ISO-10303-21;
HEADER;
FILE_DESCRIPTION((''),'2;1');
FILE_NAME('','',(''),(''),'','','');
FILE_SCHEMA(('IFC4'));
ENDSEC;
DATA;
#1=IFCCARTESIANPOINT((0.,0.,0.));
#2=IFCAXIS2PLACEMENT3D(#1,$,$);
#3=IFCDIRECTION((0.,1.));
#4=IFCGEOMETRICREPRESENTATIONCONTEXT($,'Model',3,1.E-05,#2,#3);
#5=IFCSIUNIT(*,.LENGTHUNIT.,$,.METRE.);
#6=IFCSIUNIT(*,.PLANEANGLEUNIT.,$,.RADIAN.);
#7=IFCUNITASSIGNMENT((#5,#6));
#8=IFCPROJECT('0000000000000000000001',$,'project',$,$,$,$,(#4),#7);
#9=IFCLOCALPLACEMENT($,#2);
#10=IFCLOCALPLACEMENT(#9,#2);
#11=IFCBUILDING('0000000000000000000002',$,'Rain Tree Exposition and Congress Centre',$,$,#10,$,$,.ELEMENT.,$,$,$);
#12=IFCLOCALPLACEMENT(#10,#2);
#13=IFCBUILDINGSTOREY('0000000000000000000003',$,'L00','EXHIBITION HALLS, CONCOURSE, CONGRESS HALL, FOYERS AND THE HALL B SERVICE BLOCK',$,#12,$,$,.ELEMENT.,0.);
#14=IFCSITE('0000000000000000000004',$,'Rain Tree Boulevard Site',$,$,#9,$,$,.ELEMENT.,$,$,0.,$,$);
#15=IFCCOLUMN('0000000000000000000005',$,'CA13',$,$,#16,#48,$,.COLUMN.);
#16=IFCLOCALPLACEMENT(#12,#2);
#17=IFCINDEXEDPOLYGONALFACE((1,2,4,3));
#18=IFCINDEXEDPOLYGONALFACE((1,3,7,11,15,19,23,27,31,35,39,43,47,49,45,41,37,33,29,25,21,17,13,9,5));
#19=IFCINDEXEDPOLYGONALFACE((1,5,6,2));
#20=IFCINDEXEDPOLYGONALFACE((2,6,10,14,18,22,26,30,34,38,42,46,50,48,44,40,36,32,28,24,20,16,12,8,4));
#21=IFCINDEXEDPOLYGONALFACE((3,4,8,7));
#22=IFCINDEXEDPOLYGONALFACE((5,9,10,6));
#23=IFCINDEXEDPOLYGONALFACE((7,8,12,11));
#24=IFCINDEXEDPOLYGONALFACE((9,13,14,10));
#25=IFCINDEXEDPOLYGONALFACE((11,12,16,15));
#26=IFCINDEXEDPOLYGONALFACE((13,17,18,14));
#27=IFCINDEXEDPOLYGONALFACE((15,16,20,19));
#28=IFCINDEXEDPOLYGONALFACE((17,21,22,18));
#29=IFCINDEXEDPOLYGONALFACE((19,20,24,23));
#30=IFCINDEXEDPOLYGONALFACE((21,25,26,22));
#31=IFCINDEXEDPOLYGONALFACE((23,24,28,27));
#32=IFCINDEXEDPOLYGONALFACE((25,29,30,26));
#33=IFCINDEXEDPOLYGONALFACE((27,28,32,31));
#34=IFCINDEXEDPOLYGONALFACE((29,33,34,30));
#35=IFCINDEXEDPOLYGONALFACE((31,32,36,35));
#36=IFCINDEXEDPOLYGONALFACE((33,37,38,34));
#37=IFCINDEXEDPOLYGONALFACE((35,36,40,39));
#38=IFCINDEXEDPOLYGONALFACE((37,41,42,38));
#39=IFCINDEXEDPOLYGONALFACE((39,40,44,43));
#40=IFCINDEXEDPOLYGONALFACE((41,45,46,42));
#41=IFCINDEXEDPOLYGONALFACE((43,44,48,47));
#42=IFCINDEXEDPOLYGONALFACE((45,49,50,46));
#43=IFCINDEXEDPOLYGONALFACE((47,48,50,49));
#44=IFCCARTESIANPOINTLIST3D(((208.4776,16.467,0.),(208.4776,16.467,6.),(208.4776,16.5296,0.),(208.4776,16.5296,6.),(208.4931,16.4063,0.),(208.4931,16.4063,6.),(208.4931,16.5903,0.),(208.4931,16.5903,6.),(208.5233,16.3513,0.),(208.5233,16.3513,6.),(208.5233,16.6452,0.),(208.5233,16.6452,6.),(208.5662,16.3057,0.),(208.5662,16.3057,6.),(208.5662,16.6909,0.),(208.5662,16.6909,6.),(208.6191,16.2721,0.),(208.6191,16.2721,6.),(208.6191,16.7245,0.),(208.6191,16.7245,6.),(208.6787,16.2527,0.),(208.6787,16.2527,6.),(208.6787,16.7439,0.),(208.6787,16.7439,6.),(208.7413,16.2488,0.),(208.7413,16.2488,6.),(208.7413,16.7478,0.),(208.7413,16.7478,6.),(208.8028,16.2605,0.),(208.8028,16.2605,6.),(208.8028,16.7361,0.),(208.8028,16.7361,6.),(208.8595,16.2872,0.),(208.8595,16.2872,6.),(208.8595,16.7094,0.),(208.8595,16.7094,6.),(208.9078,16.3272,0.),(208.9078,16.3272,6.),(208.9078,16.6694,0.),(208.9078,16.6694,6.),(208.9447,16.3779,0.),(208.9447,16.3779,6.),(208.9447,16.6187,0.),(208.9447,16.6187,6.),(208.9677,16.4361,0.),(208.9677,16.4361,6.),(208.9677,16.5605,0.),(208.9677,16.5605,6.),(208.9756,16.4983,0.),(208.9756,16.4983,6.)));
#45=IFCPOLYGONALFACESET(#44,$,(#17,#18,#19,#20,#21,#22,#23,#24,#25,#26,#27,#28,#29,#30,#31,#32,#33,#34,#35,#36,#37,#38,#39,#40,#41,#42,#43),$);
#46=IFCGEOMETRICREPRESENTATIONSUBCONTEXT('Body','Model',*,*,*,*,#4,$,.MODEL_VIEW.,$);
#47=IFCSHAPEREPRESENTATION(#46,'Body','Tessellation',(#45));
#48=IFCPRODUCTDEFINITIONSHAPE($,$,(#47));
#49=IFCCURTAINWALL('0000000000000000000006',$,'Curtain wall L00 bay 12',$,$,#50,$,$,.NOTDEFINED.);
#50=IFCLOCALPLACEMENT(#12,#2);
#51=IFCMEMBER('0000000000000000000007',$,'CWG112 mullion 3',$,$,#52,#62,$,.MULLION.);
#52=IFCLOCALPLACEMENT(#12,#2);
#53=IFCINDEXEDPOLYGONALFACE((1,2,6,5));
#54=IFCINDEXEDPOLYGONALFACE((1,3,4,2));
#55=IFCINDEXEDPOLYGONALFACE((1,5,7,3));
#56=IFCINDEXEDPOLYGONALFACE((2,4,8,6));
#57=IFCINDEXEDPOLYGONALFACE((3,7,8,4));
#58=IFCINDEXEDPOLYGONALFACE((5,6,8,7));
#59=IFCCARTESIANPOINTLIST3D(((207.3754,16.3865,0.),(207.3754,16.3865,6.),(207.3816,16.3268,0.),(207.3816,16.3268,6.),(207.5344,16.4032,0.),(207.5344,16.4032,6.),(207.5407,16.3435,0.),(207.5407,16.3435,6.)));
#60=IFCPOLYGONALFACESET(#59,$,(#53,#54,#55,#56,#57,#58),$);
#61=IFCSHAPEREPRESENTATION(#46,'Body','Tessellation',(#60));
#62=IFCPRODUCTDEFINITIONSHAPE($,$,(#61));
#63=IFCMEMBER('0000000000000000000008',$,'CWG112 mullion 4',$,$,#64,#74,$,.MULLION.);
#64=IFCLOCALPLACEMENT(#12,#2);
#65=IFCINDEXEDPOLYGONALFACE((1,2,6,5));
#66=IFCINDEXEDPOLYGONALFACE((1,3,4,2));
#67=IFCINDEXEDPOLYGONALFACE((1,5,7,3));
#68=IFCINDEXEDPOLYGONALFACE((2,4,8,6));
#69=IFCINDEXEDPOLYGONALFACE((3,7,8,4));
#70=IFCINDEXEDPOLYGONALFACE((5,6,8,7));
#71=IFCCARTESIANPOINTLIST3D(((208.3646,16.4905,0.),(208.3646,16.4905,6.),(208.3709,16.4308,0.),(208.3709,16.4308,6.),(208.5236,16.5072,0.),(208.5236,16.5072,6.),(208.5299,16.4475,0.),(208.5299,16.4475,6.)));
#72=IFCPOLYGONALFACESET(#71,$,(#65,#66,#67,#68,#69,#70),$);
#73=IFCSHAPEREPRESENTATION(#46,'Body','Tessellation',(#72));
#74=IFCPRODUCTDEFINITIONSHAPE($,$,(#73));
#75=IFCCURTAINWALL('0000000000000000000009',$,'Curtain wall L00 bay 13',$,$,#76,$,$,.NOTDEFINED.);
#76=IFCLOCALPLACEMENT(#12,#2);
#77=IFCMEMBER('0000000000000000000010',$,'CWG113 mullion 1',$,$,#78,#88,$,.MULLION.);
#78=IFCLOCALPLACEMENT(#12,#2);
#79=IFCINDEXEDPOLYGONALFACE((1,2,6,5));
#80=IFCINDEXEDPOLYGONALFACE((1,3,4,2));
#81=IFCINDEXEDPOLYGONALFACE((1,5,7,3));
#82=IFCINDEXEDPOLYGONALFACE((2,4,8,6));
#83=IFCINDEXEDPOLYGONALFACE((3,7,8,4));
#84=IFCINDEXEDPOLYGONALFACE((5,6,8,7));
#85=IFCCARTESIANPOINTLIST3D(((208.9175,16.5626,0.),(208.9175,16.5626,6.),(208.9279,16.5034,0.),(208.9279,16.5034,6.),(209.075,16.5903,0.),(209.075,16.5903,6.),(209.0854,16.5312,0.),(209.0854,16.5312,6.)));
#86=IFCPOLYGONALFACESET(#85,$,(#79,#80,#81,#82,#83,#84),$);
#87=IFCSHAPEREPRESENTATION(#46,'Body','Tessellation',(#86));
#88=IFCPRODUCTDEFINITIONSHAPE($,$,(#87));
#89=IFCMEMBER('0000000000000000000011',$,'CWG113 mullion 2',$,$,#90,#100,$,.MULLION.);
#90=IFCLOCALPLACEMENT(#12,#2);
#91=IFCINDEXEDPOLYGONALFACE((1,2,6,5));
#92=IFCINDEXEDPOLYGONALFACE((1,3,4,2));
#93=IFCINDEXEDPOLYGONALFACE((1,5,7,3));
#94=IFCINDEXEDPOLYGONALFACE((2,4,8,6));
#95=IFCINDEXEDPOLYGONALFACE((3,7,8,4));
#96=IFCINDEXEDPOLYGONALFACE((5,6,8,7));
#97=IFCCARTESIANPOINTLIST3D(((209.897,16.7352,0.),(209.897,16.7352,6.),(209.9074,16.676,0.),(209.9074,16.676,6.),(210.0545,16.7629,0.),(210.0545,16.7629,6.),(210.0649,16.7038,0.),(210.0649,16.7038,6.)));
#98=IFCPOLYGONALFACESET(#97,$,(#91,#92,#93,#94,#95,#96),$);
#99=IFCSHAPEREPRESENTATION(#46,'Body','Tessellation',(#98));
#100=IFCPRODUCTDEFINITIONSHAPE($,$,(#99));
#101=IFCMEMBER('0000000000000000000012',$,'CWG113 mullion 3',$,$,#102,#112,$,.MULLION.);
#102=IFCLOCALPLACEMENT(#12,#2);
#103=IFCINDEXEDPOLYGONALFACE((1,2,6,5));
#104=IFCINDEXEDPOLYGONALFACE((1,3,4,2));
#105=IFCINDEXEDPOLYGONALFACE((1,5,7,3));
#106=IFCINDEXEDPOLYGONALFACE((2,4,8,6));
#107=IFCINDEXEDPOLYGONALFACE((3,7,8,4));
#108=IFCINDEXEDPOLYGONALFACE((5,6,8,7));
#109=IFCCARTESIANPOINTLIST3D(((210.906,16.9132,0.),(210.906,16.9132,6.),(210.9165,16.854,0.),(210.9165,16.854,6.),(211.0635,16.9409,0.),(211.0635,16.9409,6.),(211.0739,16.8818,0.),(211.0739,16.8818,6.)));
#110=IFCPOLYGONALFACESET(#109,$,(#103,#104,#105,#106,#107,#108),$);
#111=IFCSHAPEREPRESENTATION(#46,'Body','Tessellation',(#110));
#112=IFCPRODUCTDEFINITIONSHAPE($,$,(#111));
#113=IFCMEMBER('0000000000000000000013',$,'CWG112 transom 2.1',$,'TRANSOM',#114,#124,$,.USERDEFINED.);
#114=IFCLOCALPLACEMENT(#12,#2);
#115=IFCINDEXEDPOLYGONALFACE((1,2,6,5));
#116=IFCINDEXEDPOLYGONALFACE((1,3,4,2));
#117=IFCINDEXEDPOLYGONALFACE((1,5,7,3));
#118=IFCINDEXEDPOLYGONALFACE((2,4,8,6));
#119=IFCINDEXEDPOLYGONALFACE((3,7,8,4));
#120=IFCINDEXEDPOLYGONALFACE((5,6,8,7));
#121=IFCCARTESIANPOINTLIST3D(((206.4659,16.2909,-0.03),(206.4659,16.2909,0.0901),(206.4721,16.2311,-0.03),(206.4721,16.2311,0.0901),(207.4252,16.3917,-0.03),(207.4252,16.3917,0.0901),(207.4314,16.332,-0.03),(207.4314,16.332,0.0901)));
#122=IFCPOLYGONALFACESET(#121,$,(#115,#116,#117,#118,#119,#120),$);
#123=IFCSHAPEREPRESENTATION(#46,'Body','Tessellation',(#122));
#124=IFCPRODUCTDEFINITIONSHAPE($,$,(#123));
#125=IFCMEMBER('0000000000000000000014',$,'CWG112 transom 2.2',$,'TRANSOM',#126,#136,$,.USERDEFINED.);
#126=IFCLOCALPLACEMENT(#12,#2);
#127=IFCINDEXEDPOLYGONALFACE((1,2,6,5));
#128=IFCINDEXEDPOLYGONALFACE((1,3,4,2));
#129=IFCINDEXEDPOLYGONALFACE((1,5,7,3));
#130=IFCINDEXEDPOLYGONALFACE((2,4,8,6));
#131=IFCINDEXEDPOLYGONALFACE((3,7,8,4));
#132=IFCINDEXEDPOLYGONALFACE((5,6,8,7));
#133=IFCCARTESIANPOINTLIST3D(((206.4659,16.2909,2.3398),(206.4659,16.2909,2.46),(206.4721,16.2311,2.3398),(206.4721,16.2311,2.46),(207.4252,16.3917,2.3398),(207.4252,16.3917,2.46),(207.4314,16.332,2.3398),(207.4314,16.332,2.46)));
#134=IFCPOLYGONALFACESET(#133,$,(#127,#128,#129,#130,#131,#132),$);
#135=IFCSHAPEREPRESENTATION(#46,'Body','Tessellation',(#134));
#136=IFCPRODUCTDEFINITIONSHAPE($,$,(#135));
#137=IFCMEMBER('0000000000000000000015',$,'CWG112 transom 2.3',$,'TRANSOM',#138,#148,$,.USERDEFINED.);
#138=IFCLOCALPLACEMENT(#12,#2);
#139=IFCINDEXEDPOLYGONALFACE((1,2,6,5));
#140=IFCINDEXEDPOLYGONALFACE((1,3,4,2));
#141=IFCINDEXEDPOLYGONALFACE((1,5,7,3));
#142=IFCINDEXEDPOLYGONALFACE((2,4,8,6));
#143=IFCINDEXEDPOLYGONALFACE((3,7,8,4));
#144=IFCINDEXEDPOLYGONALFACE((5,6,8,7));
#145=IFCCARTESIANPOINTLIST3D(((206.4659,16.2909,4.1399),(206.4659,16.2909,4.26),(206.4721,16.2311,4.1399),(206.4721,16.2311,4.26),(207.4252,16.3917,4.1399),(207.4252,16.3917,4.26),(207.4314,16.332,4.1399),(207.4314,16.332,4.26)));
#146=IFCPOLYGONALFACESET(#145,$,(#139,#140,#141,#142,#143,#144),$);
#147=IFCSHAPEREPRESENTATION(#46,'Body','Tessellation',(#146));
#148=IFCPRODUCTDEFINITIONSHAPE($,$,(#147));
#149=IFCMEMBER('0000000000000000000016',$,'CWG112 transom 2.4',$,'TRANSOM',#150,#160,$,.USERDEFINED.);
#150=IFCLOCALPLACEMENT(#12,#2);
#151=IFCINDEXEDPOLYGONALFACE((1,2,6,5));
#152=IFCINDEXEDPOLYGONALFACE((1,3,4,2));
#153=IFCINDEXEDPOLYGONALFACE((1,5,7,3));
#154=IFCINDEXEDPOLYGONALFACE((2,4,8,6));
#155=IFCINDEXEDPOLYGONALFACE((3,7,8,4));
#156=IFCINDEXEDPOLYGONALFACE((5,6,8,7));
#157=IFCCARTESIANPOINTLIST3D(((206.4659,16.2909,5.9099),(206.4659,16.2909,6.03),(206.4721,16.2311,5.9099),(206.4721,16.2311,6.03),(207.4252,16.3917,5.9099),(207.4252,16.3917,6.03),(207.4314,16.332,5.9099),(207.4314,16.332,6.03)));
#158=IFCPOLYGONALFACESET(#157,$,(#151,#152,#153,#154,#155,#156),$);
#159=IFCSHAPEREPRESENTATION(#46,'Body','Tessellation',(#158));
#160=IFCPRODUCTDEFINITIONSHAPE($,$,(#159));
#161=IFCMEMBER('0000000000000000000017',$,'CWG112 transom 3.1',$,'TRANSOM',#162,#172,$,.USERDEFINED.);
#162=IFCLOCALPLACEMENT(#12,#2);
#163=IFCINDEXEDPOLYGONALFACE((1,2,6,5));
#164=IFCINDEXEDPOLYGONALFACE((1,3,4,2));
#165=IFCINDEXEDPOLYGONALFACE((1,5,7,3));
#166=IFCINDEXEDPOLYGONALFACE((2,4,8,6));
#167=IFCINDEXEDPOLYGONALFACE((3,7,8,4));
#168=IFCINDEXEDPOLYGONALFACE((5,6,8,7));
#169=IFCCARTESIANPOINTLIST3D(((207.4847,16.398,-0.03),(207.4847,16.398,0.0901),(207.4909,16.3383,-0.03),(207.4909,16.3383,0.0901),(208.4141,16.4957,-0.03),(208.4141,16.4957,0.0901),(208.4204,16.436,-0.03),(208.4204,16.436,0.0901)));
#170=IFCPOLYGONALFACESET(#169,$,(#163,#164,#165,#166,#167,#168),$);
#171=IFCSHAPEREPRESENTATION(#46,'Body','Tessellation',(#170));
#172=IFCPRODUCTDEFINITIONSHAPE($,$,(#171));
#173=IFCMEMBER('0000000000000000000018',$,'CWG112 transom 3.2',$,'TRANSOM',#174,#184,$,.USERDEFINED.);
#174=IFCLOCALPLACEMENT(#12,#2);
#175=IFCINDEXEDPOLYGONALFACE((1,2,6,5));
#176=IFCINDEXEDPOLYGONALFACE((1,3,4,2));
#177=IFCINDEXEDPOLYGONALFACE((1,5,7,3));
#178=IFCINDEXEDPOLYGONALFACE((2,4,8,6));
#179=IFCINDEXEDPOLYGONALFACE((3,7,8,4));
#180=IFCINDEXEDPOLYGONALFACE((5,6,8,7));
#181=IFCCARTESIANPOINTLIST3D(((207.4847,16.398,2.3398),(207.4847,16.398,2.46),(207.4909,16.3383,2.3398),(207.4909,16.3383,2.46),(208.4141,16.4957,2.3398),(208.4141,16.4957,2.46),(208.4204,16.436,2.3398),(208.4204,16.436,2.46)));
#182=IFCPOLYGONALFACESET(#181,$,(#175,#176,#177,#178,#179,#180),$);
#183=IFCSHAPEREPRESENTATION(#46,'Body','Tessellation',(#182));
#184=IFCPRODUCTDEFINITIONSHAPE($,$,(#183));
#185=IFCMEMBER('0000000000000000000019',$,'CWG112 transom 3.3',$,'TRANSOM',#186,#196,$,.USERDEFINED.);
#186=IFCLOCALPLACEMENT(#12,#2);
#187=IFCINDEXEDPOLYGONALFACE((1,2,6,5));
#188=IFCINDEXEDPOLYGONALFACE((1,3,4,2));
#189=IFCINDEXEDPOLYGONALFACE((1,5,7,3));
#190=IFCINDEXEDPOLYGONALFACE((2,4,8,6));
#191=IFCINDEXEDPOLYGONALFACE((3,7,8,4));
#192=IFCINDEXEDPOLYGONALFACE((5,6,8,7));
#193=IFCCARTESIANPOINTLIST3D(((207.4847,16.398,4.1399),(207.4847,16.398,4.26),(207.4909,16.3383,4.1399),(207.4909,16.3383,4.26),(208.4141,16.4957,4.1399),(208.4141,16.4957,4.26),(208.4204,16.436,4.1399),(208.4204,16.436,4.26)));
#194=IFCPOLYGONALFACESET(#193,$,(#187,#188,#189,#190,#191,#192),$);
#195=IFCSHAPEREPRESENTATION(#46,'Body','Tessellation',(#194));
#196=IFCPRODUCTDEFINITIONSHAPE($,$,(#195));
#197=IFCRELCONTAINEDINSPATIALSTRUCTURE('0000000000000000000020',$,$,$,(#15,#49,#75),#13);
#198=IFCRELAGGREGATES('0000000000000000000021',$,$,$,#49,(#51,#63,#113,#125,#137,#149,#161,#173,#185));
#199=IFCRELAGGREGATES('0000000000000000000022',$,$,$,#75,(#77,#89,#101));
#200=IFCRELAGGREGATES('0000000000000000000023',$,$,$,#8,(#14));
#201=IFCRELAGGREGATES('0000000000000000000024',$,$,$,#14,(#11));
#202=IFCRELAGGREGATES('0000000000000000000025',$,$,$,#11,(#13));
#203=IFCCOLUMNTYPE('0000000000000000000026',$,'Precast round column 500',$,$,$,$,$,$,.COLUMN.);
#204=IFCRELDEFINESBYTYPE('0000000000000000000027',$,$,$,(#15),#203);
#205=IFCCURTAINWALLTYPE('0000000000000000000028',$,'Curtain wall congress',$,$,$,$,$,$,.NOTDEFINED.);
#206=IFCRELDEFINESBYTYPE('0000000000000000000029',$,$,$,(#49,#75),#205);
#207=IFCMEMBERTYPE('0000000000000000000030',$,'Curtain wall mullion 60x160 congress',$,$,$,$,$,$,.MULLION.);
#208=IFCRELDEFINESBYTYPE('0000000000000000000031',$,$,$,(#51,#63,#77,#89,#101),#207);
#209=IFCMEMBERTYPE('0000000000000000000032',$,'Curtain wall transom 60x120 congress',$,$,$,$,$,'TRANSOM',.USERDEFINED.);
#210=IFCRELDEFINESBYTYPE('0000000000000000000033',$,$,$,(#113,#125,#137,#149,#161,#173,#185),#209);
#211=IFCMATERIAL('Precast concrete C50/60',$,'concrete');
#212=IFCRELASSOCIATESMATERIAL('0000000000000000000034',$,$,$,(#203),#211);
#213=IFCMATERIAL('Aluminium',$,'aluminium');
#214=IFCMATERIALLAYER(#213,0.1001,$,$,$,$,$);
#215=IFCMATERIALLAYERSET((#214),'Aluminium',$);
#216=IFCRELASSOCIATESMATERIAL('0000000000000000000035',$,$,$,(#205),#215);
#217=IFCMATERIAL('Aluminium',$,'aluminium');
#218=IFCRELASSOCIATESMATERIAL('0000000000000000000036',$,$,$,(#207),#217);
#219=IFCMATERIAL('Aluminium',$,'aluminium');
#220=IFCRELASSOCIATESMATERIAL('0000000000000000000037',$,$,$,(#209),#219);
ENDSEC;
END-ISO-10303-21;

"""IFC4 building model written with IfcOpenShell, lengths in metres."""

from ifc_helpers import new_model, si_unit, direction, frame, origin, origin_2d, place, context, subcontext, project, spatial, rectangle, circle, extrude, material, layer, layer_set, material_profile, profile_set, type_object, element, aggregate, save


model = new_model("IFC4")

# Units and contexts
model_context = context("Model", 3, precision=1e-05, world=origin(), true_north=direction((0.0, 1.0)))
body_context = subcontext(model_context, "Body", "Model", "MODEL_VIEW")
ifc_project = project(units=[si_unit("LENGTHUNIT", "METRE"), si_unit("PLANEANGLEUNIT", "RADIAN")], contexts=[model_context])

# Site, building, storey
site_placement = place(None, origin())
site = spatial("IfcSite", under=ifc_project, at=site_placement, Name="Rain Tree Boulevard Site", CompositionType="ELEMENT", RefElevation=0.0)
building_placement = place(site_placement, origin())
building = spatial("IfcBuilding", under=site, at=building_placement, Name="Rain Tree Exposition and Congress Centre", CompositionType="ELEMENT")
storey_placement = place(building_placement, origin())
storey = spatial("IfcBuildingStorey", under=building, at=storey_placement, Name="L00", Description="EXHIBITION HALLS, CONCOURSE, CONGRESS HALL, FOYERS AND THE HALL B SERVICE BLOCK", CompositionType="ELEMENT", Elevation=0.0)

# Column
ifc_material_1 = material(Name="Precast concrete C50/60", Category="concrete")
ifc_material_profile_1 = material_profile(ifc_material_1, circle(Radius=0.25, at=origin_2d()), Name="RC D500")
ifc_profile_set_1 = profile_set([ifc_material_profile_1], Name="Precast concrete C50/60")
column_type = type_object("IfcColumnType", Name="Precast round column 500", PredefinedType="COLUMN", material=ifc_profile_set_1)
column_placement = place(storey_placement, frame((208.7256, 16.4983, 0.0), z_axis=(0.0, 0.0, 1.0), x_axis=(1.0, 0.0, 0.0)))
element("IfcColumn", 1, at=column_placement, inside=storey, type_object=column_type, Name="CA13", PredefinedType="COLUMN", context=body_context, shape_type="SweptSolid", body=[
    extrude(circle(Radius=0.25, at=origin_2d()), origin(), (0.0, 0.0, 1.0), 6.0),
])

# Curtain walls, members
ifc_material_2 = material(Name="Aluminium", Category="aluminium")
ifc_layer_1 = layer(ifc_material_2, 0.1001)
ifc_layer_set_1 = layer_set([ifc_layer_1], Name="Aluminium")
curtain_wall_type = type_object("IfcCurtainWallType", Name="Curtain wall congress", PredefinedType="NOTDEFINED", material=ifc_layer_set_1)
curtain_wall_1_placement = place(storey_placement, origin())
curtain_wall_1 = element("IfcCurtainWall", 2, at=curtain_wall_1_placement, inside=storey, type_object=curtain_wall_type, Name="Curtain wall L00 bay 12", PredefinedType="NOTDEFINED")
ifc_material_3 = material(Name="Aluminium", Category="aluminium")
ifc_material_profile_2 = material_profile(ifc_material_3, rectangle(XDim=0.0601, YDim=0.1599, at=origin_2d()), Name="AL 60x160")
ifc_profile_set_2 = profile_set([ifc_material_profile_2], Name="Aluminium")
member_type_1 = type_object("IfcMemberType", Name="Curtain wall mullion 60x160 congress", PredefinedType="MULLION", material=ifc_profile_set_2)
member_1_placement = place(storey_placement, frame((207.458, 16.365, 0.0), z_axis=(0.0, 0.0, 1.0), x_axis=(-0.104502, 0.994525, 0.0)))
member_1 = element("IfcMember", 3, at=member_1_placement, type_object=member_type_1, Name="CWG112 mullion 3", PredefinedType="MULLION", context=body_context, shape_type="SweptSolid", body=[
    extrude(rectangle(XDim=0.0601, YDim=0.1599, at=origin_2d()), origin(), (0.0, 0.0, 1.0), 6.0),
])
member_2_placement = place(storey_placement, frame((208.4473, 16.469, 0.0), z_axis=(0.0, 0.0, 1.0), x_axis=(-0.104502, 0.994525, 0.0)))
member_2 = element("IfcMember", 4, at=member_2_placement, type_object=member_type_1, Name="CWG112 mullion 4", PredefinedType="MULLION", context=body_context, shape_type="SweptSolid", body=[
    extrude(rectangle(XDim=0.0601, YDim=0.1599, at=origin_2d()), origin(), (0.0, 0.0, 1.0), 6.0),
])
curtain_wall_2_placement = place(storey_placement, origin())
curtain_wall_2 = element("IfcCurtainWall", 5, at=curtain_wall_2_placement, inside=storey, type_object=curtain_wall_type, Name="Curtain wall L00 bay 13", PredefinedType="NOTDEFINED")
member_3_placement = place(storey_placement, frame((209.0015, 16.5469, 0.0), z_axis=(0.0, 0.0, 1.0), x_axis=(-0.173635, 0.98481, 0.0)))
member_3 = element("IfcMember", 6, at=member_3_placement, type_object=member_type_1, Name="CWG113 mullion 1", PredefinedType="MULLION", context=body_context, shape_type="SweptSolid", body=[
    extrude(rectangle(XDim=0.0601, YDim=0.1599, at=origin_2d()), origin(), (0.0, 0.0, 1.0), 6.0),
])
member_4_placement = place(storey_placement, frame((209.981, 16.7195, 0.0), z_axis=(0.0, 0.0, 1.0), x_axis=(-0.173635, 0.98481, 0.0)))
member_4 = element("IfcMember", 7, at=member_4_placement, type_object=member_type_1, Name="CWG113 mullion 2", PredefinedType="MULLION", context=body_context, shape_type="SweptSolid", body=[
    extrude(rectangle(XDim=0.0601, YDim=0.1599, at=origin_2d()), origin(), (0.0, 0.0, 1.0), 6.0),
])
member_5_placement = place(storey_placement, frame((210.99, 16.8975, 0.0), z_axis=(0.0, 0.0, 1.0), x_axis=(-0.173635, 0.98481, 0.0)))
member_5 = element("IfcMember", 8, at=member_5_placement, type_object=member_type_1, Name="CWG113 mullion 3", PredefinedType="MULLION", context=body_context, shape_type="SweptSolid", body=[
    extrude(rectangle(XDim=0.0601, YDim=0.1599, at=origin_2d()), origin(), (0.0, 0.0, 1.0), 6.0),
])

# Members
ifc_material_4 = material(Name="Aluminium", Category="aluminium")
ifc_material_profile_3 = material_profile(ifc_material_4, rectangle(XDim=0.0601, YDim=0.1201, at=origin_2d()), Name="AL 60x120")
ifc_profile_set_3 = profile_set([ifc_material_profile_3], Name="Aluminium")
member_type_2 = type_object("IfcMemberType", Name="Curtain wall transom 60x120 congress", ElementType="TRANSOM", PredefinedType="USERDEFINED", material=ifc_profile_set_3)
member_6_placement = place(storey_placement, frame((206.469, 16.261, 0.03), z_axis=(0.994521, 0.10454, 0.0), x_axis=(-0.10454, 0.994521, 0.0)))
member_6 = element("IfcMember", 9, at=member_6_placement, type_object=member_type_2, Name="CWG112 transom 2.1", ObjectType="TRANSOM", PredefinedType="USERDEFINED", context=body_context, shape_type="SweptSolid", body=[
    extrude(rectangle(XDim=0.0601, YDim=0.1201, at=origin_2d()), origin(), (0.0, 0.0, 1.0), 0.9646),
])
member_7_placement = place(storey_placement, frame((206.469, 16.261, 2.3999), z_axis=(0.994521, 0.10454, 0.0), x_axis=(-0.10454, 0.994521, 0.0)))
member_7 = element("IfcMember", 10, at=member_7_placement, type_object=member_type_2, Name="CWG112 transom 2.2", ObjectType="TRANSOM", PredefinedType="USERDEFINED", context=body_context, shape_type="SweptSolid", body=[
    extrude(rectangle(XDim=0.0601, YDim=0.1201, at=origin_2d()), origin(), (0.0, 0.0, 1.0), 0.9646),
])
member_8_placement = place(storey_placement, frame((206.469, 16.261, 4.2), z_axis=(0.994521, 0.10454, 0.0), x_axis=(-0.10454, 0.994521, 0.0)))
member_8 = element("IfcMember", 11, at=member_8_placement, type_object=member_type_2, Name="CWG112 transom 2.3", ObjectType="TRANSOM", PredefinedType="USERDEFINED", context=body_context, shape_type="SweptSolid", body=[
    extrude(rectangle(XDim=0.0601, YDim=0.1201, at=origin_2d()), origin(), (0.0, 0.0, 1.0), 0.9646),
])
member_9_placement = place(storey_placement, frame((206.469, 16.261, 5.97), z_axis=(0.994521, 0.10454, 0.0), x_axis=(-0.10454, 0.994521, 0.0)))
member_9 = element("IfcMember", 12, at=member_9_placement, type_object=member_type_2, Name="CWG112 transom 2.4", ObjectType="TRANSOM", PredefinedType="USERDEFINED", context=body_context, shape_type="SweptSolid", body=[
    extrude(rectangle(XDim=0.0601, YDim=0.1201, at=origin_2d()), origin(), (0.0, 0.0, 1.0), 0.9646),
])
member_10_placement = place(storey_placement, frame((207.4878, 16.3682, 0.03), z_axis=(0.994525, 0.104494, 0.0), x_axis=(-0.104494, 0.994525, 0.0)))
member_10 = element("IfcMember", 13, at=member_10_placement, type_object=member_type_2, Name="CWG112 transom 3.1", ObjectType="TRANSOM", PredefinedType="USERDEFINED", context=body_context, shape_type="SweptSolid", body=[
    extrude(rectangle(XDim=0.0601, YDim=0.1201, at=origin_2d()), origin(), (0.0, 0.0, 1.0), 0.9346),
])
member_11_placement = place(storey_placement, frame((207.4878, 16.3682, 2.3999), z_axis=(0.994525, 0.104494, 0.0), x_axis=(-0.104494, 0.994525, 0.0)))
member_11 = element("IfcMember", 14, at=member_11_placement, type_object=member_type_2, Name="CWG112 transom 3.2", ObjectType="TRANSOM", PredefinedType="USERDEFINED", context=body_context, shape_type="SweptSolid", body=[
    extrude(rectangle(XDim=0.0601, YDim=0.1201, at=origin_2d()), origin(), (0.0, 0.0, 1.0), 0.9346),
])
member_12_placement = place(storey_placement, frame((207.4878, 16.3682, 4.2), z_axis=(0.994525, 0.104494, 0.0), x_axis=(-0.104494, 0.994525, 0.0)))
member_12 = element("IfcMember", 15, at=member_12_placement, type_object=member_type_2, Name="CWG112 transom 3.3", ObjectType="TRANSOM", PredefinedType="USERDEFINED", context=body_context, shape_type="SweptSolid", body=[
    extrude(rectangle(XDim=0.0601, YDim=0.1201, at=origin_2d()), origin(), (0.0, 0.0, 1.0), 0.9346),
])

aggregate(curtain_wall_1, [member_1, member_2, member_6, member_7, member_8, member_9, member_10, member_11, member_12])
aggregate(curtain_wall_2, [member_3, member_4, member_5])

save(model, "model.ifc")
